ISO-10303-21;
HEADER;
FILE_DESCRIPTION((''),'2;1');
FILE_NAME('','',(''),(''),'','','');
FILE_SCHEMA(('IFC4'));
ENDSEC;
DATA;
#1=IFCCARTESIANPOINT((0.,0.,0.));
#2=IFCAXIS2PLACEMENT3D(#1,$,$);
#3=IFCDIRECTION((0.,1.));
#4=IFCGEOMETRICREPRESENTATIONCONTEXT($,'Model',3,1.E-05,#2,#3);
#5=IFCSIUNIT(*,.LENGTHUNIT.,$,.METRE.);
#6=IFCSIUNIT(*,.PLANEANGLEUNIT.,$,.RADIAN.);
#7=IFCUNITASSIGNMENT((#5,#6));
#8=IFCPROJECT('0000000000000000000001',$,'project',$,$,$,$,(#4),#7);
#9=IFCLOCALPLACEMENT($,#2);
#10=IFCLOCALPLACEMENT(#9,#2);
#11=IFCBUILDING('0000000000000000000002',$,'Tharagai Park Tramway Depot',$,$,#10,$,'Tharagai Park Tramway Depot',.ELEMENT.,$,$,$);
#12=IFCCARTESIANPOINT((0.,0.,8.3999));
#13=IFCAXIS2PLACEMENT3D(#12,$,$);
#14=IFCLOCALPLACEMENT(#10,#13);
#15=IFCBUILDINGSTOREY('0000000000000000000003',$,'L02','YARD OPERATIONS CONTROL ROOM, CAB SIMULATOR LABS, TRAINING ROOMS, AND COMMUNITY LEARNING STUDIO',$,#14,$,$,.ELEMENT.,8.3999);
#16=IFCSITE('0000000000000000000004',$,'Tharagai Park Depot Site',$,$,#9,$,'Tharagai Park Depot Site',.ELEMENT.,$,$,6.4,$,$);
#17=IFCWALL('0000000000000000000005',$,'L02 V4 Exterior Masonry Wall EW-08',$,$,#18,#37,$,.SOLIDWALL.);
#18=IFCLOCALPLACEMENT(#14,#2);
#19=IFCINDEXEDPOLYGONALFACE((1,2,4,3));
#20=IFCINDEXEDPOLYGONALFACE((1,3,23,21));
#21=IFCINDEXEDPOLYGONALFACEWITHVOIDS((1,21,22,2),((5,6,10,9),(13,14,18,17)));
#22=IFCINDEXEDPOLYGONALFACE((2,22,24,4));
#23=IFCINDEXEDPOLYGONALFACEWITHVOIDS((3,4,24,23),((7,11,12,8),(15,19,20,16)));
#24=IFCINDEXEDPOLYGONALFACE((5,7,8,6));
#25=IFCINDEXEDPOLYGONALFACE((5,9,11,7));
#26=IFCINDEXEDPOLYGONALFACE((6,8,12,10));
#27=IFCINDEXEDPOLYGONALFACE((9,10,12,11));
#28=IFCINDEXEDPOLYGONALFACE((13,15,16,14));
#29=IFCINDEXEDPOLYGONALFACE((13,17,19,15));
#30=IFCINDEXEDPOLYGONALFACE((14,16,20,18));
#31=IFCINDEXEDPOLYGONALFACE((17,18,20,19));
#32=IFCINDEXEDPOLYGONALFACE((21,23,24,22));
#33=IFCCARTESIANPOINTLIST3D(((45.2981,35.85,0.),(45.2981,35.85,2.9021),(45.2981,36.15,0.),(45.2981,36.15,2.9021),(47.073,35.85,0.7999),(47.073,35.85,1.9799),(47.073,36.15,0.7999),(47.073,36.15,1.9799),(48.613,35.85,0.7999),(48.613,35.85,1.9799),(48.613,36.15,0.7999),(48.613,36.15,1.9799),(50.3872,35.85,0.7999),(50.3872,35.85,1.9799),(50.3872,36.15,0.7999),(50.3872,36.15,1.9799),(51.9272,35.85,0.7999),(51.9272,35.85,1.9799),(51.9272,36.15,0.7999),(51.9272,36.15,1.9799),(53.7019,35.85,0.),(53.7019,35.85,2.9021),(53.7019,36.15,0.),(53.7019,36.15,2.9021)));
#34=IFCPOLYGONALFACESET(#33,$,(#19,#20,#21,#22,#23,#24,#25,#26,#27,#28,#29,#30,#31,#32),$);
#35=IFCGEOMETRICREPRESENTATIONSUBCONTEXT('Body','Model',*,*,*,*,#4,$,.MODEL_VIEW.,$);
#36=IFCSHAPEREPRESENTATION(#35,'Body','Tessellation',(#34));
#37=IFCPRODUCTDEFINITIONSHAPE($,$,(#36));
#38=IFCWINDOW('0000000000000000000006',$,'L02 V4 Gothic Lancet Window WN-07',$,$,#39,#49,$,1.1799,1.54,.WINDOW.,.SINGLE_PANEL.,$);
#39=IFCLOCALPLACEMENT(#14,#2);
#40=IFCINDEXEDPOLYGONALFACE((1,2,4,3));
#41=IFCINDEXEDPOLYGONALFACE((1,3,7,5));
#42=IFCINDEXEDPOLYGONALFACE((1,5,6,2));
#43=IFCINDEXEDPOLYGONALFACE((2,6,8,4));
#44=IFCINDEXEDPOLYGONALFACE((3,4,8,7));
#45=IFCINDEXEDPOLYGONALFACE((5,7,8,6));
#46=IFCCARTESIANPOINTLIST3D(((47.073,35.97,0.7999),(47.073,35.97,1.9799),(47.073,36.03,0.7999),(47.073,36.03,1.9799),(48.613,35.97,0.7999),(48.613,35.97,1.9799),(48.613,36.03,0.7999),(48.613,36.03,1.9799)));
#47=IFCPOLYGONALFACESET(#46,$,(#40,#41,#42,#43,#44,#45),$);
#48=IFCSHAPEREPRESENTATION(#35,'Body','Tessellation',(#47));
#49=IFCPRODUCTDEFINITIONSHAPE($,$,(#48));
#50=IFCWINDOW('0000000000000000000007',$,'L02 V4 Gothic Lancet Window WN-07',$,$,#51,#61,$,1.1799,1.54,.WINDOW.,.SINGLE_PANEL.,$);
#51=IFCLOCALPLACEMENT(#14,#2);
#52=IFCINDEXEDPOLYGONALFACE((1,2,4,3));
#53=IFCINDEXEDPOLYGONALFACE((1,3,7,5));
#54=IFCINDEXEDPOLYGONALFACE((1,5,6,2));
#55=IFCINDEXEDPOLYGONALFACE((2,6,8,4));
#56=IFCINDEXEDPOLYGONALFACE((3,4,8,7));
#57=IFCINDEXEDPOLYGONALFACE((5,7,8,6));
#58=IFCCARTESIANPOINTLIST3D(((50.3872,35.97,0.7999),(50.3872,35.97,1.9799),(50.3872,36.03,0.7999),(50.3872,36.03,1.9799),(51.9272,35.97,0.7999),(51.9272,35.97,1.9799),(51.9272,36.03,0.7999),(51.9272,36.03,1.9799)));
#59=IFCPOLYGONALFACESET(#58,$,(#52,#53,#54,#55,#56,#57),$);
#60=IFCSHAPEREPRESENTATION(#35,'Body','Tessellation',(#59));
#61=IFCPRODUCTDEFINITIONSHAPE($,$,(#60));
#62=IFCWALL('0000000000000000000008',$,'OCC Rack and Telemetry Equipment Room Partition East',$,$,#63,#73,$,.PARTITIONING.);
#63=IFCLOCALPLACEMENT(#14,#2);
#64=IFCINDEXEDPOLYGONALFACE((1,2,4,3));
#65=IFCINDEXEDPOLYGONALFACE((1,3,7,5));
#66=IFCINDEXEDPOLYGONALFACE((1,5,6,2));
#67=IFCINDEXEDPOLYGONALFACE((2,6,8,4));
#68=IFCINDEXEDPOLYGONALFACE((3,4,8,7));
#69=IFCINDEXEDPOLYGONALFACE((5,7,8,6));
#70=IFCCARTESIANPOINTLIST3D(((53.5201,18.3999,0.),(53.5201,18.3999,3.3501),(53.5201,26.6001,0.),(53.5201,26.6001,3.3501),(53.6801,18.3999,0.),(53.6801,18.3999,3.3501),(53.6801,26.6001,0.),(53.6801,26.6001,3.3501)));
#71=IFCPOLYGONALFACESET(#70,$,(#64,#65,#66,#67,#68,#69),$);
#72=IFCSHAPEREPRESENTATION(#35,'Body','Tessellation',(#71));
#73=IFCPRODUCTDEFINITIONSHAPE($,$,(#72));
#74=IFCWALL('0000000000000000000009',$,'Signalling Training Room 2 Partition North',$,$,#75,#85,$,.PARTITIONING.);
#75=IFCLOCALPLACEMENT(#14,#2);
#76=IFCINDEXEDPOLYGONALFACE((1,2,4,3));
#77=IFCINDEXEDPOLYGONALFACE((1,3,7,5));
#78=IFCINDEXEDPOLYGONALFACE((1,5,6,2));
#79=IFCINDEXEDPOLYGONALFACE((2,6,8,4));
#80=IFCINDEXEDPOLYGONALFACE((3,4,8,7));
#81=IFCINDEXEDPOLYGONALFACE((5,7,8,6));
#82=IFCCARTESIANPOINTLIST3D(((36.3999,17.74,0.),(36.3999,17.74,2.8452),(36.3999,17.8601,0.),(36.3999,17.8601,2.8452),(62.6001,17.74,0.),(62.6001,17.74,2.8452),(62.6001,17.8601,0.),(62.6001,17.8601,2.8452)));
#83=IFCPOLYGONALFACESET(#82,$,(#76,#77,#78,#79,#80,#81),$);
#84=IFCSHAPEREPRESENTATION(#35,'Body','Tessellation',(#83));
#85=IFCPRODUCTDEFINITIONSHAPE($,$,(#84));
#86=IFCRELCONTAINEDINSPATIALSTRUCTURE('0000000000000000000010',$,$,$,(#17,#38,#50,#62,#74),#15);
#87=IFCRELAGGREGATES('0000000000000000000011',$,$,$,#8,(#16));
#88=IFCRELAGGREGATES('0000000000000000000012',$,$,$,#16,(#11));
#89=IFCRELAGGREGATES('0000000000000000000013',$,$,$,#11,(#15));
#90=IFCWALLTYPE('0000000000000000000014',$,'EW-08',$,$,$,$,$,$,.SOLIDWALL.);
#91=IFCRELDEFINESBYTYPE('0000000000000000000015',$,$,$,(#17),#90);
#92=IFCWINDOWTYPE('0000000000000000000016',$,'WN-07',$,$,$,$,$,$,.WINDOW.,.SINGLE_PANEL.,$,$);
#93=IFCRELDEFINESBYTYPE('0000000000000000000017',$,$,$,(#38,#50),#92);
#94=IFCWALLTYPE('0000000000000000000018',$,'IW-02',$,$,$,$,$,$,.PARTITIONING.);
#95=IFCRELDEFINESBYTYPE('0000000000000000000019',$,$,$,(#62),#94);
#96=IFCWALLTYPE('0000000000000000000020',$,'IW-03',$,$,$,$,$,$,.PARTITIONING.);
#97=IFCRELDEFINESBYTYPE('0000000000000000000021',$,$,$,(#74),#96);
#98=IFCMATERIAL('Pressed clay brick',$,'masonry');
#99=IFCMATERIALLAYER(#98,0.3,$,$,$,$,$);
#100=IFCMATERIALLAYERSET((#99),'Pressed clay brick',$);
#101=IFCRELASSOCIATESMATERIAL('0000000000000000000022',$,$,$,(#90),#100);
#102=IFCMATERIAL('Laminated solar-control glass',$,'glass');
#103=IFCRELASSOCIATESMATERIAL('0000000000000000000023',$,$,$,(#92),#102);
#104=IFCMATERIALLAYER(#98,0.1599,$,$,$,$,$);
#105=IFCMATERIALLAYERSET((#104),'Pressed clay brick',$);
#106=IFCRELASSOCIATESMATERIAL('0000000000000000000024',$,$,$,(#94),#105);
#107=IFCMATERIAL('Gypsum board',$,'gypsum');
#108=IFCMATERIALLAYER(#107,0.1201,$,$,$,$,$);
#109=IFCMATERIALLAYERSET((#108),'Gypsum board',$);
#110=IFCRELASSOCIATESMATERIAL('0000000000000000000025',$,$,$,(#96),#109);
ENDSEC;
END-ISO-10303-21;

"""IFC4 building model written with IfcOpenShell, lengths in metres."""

from ifc_helpers import new_model, si_unit, direction, frame, frame_2d, origin, place, context, subcontext, project, spatial, rectangle, extrude, material, layer, layer_set, type_object, element, fill, save


model = new_model("IFC4")

# Units and contexts
model_context = context("Model", 3, precision=1e-05, world=origin(), true_north=direction((0.0, 1.0)))
body_context = subcontext(model_context, "Body", "Model", "MODEL_VIEW")
ifc_project = project(units=[si_unit("LENGTHUNIT", "METRE"), si_unit("PLANEANGLEUNIT", "RADIAN")], contexts=[model_context])

# Site, building, storey
site_placement = place(None, origin())
site = spatial("IfcSite", under=ifc_project, at=site_placement, Name="Tharagai Park Depot Site", LongName="Tharagai Park Depot Site", CompositionType="ELEMENT", RefElevation=6.4)
building_placement = place(site_placement, origin())
building = spatial("IfcBuilding", under=site, at=building_placement, Name="Tharagai Park Tramway Depot", LongName="Tharagai Park Tramway Depot", CompositionType="ELEMENT")
storey_placement = place(building_placement, frame((0.0, 0.0, 8.3999)))
storey = spatial("IfcBuildingStorey", under=building, at=storey_placement, Name="L02", Description="YARD OPERATIONS CONTROL ROOM, CAB SIMULATOR LABS, TRAINING ROOMS, AND COMMUNITY LEARNING STUDIO", CompositionType="ELEMENT", Elevation=8.3999)

# Wall, openings, windows
ifc_material_1 = material(Name="Pressed clay brick", Category="masonry")
ifc_layer_1 = layer(ifc_material_1, 0.3)
ifc_layer_set_1 = layer_set([ifc_layer_1], Name="Pressed clay brick")
wall_type_1 = type_object("IfcWallType", Name="EW-08", PredefinedType="SOLIDWALL", material=ifc_layer_set_1)
ifc_material_2 = material(Name="Laminated solar-control glass", Category="glass")
wall_1_placement = place(storey_placement, frame((45.2981, 36.0, 0.0), z_axis=(0.0, 0.0, 1.0), x_axis=(1.0, 0.0, 0.0)))
wall_1 = element("IfcWall", 1, at=wall_1_placement, inside=storey, type_object=wall_type_1, Name="L02 V4 Exterior Masonry Wall EW-08", PredefinedType="SOLIDWALL", context=body_context, shape_type="SweptSolid", body=[
    extrude(rectangle(XDim=8.4038, YDim=0.3, at=frame_2d((4.2019, 0.0))), origin(), (0.0, 0.0, 1.0), 2.9021),
])
opening_1_placement = place(wall_1_placement, frame((1.7749, 0.0, 0.8)))
opening_1 = element("IfcOpeningElement", 2, at=opening_1_placement, cuts=wall_1, PredefinedType="OPENING", context=body_context, shape_type="SweptSolid", body=[
    extrude(rectangle(XDim=1.54, YDim=1.1799, at=frame_2d((0.77, 0.5898))), frame((0.0, 0.1599, 0.0), z_axis=(0.0, -1.0, 0.0), x_axis=(1.0, 0.0, 0.0)), (0.0, 0.0, 1.0), 0.3201),
])
opening_2_placement = place(wall_1_placement, frame((5.0891, 0.0, 0.8)))
opening_2 = element("IfcOpeningElement", 3, at=opening_2_placement, cuts=wall_1, PredefinedType="OPENING", context=body_context, shape_type="SweptSolid", body=[
    extrude(rectangle(XDim=1.54, YDim=1.1799, at=frame_2d((0.77, 0.5898))), frame((0.0, 0.1599, 0.0), z_axis=(0.0, -1.0, 0.0), x_axis=(1.0, 0.0, 0.0)), (0.0, 0.0, 1.0), 0.3201),
])
window_type_1 = type_object("IfcWindowType", Name="WN-07", PartitioningType="SINGLE_PANEL", PredefinedType="WINDOW", material=ifc_material_2)
window_1_placement = place(opening_1_placement, origin())
window_1 = element("IfcWindow", 4, at=window_1_placement, inside=storey, type_object=window_type_1, Name="L02 V4 Gothic Lancet Window WN-07", OverallHeight=1.1799, OverallWidth=1.54, PartitioningType="SINGLE_PANEL", PredefinedType="WINDOW", context=body_context, shape_type="SweptSolid", body=[
    extrude(rectangle(XDim=1.54, YDim=1.1799, at=frame_2d((0.77, 0.5898))), frame((0.0, 0.03, 0.0), z_axis=(0.0, -1.0, 0.0), x_axis=(1.0, 0.0, 0.0)), (0.0, 0.0, 1.0), 0.0601),
])
fill(opening_1, window_1)
window_2_placement = place(opening_2_placement, origin())
window_2 = element("IfcWindow", 5, at=window_2_placement, inside=storey, type_object=window_type_1, Name="L02 V4 Gothic Lancet Window WN-07", OverallHeight=1.1799, OverallWidth=1.54, PartitioningType="SINGLE_PANEL", PredefinedType="WINDOW", context=body_context, shape_type="SweptSolid", body=[
    extrude(rectangle(XDim=1.54, YDim=1.1799, at=frame_2d((0.77, 0.5898))), frame((0.0, 0.03, 0.0), z_axis=(0.0, -1.0, 0.0), x_axis=(1.0, 0.0, 0.0)), (0.0, 0.0, 1.0), 0.0601),
])
fill(opening_2, window_2)

# Walls
ifc_layer_2 = layer(ifc_material_1, 0.1599)
ifc_layer_set_2 = layer_set([ifc_layer_2], Name="Pressed clay brick")
wall_type_2 = type_object("IfcWallType", Name="IW-02", PredefinedType="PARTITIONING", material=ifc_layer_set_2)
wall_2_placement = place(storey_placement, frame((53.6001, 18.3999, 0.0), z_axis=(0.0, 0.0, 1.0), x_axis=(0.0, 1.0, 0.0)))
element("IfcWall", 6, at=wall_2_placement, inside=storey, type_object=wall_type_2, Name="OCC Rack and Telemetry Equipment Room Partition East", PredefinedType="PARTITIONING", context=body_context, shape_type="SweptSolid", body=[
    extrude(rectangle(XDim=8.2002, YDim=0.1599, at=frame_2d((4.1001, 0.0))), origin(), (0.0, 0.0, 1.0), 3.3501),
])
ifc_material_3 = material(Name="Gypsum board", Category="gypsum")
ifc_layer_3 = layer(ifc_material_3, 0.1201)
ifc_layer_set_3 = layer_set([ifc_layer_3], Name="Gypsum board")
wall_type_3 = type_object("IfcWallType", Name="IW-03", PredefinedType="PARTITIONING", material=ifc_layer_set_3)
wall_3_placement = place(storey_placement, frame((36.3999, 17.8, 0.0), z_axis=(0.0, 0.0, 1.0), x_axis=(1.0, 0.0, 0.0)))
element("IfcWall", 7, at=wall_3_placement, inside=storey, type_object=wall_type_3, Name="Signalling Training Room 2 Partition North", PredefinedType="PARTITIONING", context=body_context, shape_type="SweptSolid", body=[
    extrude(rectangle(XDim=26.2002, YDim=0.1201, at=frame_2d((13.1001, 0.0))), origin(), (0.0, 0.0, 1.0), 2.8452),
])

save(model, "model.ifc")
